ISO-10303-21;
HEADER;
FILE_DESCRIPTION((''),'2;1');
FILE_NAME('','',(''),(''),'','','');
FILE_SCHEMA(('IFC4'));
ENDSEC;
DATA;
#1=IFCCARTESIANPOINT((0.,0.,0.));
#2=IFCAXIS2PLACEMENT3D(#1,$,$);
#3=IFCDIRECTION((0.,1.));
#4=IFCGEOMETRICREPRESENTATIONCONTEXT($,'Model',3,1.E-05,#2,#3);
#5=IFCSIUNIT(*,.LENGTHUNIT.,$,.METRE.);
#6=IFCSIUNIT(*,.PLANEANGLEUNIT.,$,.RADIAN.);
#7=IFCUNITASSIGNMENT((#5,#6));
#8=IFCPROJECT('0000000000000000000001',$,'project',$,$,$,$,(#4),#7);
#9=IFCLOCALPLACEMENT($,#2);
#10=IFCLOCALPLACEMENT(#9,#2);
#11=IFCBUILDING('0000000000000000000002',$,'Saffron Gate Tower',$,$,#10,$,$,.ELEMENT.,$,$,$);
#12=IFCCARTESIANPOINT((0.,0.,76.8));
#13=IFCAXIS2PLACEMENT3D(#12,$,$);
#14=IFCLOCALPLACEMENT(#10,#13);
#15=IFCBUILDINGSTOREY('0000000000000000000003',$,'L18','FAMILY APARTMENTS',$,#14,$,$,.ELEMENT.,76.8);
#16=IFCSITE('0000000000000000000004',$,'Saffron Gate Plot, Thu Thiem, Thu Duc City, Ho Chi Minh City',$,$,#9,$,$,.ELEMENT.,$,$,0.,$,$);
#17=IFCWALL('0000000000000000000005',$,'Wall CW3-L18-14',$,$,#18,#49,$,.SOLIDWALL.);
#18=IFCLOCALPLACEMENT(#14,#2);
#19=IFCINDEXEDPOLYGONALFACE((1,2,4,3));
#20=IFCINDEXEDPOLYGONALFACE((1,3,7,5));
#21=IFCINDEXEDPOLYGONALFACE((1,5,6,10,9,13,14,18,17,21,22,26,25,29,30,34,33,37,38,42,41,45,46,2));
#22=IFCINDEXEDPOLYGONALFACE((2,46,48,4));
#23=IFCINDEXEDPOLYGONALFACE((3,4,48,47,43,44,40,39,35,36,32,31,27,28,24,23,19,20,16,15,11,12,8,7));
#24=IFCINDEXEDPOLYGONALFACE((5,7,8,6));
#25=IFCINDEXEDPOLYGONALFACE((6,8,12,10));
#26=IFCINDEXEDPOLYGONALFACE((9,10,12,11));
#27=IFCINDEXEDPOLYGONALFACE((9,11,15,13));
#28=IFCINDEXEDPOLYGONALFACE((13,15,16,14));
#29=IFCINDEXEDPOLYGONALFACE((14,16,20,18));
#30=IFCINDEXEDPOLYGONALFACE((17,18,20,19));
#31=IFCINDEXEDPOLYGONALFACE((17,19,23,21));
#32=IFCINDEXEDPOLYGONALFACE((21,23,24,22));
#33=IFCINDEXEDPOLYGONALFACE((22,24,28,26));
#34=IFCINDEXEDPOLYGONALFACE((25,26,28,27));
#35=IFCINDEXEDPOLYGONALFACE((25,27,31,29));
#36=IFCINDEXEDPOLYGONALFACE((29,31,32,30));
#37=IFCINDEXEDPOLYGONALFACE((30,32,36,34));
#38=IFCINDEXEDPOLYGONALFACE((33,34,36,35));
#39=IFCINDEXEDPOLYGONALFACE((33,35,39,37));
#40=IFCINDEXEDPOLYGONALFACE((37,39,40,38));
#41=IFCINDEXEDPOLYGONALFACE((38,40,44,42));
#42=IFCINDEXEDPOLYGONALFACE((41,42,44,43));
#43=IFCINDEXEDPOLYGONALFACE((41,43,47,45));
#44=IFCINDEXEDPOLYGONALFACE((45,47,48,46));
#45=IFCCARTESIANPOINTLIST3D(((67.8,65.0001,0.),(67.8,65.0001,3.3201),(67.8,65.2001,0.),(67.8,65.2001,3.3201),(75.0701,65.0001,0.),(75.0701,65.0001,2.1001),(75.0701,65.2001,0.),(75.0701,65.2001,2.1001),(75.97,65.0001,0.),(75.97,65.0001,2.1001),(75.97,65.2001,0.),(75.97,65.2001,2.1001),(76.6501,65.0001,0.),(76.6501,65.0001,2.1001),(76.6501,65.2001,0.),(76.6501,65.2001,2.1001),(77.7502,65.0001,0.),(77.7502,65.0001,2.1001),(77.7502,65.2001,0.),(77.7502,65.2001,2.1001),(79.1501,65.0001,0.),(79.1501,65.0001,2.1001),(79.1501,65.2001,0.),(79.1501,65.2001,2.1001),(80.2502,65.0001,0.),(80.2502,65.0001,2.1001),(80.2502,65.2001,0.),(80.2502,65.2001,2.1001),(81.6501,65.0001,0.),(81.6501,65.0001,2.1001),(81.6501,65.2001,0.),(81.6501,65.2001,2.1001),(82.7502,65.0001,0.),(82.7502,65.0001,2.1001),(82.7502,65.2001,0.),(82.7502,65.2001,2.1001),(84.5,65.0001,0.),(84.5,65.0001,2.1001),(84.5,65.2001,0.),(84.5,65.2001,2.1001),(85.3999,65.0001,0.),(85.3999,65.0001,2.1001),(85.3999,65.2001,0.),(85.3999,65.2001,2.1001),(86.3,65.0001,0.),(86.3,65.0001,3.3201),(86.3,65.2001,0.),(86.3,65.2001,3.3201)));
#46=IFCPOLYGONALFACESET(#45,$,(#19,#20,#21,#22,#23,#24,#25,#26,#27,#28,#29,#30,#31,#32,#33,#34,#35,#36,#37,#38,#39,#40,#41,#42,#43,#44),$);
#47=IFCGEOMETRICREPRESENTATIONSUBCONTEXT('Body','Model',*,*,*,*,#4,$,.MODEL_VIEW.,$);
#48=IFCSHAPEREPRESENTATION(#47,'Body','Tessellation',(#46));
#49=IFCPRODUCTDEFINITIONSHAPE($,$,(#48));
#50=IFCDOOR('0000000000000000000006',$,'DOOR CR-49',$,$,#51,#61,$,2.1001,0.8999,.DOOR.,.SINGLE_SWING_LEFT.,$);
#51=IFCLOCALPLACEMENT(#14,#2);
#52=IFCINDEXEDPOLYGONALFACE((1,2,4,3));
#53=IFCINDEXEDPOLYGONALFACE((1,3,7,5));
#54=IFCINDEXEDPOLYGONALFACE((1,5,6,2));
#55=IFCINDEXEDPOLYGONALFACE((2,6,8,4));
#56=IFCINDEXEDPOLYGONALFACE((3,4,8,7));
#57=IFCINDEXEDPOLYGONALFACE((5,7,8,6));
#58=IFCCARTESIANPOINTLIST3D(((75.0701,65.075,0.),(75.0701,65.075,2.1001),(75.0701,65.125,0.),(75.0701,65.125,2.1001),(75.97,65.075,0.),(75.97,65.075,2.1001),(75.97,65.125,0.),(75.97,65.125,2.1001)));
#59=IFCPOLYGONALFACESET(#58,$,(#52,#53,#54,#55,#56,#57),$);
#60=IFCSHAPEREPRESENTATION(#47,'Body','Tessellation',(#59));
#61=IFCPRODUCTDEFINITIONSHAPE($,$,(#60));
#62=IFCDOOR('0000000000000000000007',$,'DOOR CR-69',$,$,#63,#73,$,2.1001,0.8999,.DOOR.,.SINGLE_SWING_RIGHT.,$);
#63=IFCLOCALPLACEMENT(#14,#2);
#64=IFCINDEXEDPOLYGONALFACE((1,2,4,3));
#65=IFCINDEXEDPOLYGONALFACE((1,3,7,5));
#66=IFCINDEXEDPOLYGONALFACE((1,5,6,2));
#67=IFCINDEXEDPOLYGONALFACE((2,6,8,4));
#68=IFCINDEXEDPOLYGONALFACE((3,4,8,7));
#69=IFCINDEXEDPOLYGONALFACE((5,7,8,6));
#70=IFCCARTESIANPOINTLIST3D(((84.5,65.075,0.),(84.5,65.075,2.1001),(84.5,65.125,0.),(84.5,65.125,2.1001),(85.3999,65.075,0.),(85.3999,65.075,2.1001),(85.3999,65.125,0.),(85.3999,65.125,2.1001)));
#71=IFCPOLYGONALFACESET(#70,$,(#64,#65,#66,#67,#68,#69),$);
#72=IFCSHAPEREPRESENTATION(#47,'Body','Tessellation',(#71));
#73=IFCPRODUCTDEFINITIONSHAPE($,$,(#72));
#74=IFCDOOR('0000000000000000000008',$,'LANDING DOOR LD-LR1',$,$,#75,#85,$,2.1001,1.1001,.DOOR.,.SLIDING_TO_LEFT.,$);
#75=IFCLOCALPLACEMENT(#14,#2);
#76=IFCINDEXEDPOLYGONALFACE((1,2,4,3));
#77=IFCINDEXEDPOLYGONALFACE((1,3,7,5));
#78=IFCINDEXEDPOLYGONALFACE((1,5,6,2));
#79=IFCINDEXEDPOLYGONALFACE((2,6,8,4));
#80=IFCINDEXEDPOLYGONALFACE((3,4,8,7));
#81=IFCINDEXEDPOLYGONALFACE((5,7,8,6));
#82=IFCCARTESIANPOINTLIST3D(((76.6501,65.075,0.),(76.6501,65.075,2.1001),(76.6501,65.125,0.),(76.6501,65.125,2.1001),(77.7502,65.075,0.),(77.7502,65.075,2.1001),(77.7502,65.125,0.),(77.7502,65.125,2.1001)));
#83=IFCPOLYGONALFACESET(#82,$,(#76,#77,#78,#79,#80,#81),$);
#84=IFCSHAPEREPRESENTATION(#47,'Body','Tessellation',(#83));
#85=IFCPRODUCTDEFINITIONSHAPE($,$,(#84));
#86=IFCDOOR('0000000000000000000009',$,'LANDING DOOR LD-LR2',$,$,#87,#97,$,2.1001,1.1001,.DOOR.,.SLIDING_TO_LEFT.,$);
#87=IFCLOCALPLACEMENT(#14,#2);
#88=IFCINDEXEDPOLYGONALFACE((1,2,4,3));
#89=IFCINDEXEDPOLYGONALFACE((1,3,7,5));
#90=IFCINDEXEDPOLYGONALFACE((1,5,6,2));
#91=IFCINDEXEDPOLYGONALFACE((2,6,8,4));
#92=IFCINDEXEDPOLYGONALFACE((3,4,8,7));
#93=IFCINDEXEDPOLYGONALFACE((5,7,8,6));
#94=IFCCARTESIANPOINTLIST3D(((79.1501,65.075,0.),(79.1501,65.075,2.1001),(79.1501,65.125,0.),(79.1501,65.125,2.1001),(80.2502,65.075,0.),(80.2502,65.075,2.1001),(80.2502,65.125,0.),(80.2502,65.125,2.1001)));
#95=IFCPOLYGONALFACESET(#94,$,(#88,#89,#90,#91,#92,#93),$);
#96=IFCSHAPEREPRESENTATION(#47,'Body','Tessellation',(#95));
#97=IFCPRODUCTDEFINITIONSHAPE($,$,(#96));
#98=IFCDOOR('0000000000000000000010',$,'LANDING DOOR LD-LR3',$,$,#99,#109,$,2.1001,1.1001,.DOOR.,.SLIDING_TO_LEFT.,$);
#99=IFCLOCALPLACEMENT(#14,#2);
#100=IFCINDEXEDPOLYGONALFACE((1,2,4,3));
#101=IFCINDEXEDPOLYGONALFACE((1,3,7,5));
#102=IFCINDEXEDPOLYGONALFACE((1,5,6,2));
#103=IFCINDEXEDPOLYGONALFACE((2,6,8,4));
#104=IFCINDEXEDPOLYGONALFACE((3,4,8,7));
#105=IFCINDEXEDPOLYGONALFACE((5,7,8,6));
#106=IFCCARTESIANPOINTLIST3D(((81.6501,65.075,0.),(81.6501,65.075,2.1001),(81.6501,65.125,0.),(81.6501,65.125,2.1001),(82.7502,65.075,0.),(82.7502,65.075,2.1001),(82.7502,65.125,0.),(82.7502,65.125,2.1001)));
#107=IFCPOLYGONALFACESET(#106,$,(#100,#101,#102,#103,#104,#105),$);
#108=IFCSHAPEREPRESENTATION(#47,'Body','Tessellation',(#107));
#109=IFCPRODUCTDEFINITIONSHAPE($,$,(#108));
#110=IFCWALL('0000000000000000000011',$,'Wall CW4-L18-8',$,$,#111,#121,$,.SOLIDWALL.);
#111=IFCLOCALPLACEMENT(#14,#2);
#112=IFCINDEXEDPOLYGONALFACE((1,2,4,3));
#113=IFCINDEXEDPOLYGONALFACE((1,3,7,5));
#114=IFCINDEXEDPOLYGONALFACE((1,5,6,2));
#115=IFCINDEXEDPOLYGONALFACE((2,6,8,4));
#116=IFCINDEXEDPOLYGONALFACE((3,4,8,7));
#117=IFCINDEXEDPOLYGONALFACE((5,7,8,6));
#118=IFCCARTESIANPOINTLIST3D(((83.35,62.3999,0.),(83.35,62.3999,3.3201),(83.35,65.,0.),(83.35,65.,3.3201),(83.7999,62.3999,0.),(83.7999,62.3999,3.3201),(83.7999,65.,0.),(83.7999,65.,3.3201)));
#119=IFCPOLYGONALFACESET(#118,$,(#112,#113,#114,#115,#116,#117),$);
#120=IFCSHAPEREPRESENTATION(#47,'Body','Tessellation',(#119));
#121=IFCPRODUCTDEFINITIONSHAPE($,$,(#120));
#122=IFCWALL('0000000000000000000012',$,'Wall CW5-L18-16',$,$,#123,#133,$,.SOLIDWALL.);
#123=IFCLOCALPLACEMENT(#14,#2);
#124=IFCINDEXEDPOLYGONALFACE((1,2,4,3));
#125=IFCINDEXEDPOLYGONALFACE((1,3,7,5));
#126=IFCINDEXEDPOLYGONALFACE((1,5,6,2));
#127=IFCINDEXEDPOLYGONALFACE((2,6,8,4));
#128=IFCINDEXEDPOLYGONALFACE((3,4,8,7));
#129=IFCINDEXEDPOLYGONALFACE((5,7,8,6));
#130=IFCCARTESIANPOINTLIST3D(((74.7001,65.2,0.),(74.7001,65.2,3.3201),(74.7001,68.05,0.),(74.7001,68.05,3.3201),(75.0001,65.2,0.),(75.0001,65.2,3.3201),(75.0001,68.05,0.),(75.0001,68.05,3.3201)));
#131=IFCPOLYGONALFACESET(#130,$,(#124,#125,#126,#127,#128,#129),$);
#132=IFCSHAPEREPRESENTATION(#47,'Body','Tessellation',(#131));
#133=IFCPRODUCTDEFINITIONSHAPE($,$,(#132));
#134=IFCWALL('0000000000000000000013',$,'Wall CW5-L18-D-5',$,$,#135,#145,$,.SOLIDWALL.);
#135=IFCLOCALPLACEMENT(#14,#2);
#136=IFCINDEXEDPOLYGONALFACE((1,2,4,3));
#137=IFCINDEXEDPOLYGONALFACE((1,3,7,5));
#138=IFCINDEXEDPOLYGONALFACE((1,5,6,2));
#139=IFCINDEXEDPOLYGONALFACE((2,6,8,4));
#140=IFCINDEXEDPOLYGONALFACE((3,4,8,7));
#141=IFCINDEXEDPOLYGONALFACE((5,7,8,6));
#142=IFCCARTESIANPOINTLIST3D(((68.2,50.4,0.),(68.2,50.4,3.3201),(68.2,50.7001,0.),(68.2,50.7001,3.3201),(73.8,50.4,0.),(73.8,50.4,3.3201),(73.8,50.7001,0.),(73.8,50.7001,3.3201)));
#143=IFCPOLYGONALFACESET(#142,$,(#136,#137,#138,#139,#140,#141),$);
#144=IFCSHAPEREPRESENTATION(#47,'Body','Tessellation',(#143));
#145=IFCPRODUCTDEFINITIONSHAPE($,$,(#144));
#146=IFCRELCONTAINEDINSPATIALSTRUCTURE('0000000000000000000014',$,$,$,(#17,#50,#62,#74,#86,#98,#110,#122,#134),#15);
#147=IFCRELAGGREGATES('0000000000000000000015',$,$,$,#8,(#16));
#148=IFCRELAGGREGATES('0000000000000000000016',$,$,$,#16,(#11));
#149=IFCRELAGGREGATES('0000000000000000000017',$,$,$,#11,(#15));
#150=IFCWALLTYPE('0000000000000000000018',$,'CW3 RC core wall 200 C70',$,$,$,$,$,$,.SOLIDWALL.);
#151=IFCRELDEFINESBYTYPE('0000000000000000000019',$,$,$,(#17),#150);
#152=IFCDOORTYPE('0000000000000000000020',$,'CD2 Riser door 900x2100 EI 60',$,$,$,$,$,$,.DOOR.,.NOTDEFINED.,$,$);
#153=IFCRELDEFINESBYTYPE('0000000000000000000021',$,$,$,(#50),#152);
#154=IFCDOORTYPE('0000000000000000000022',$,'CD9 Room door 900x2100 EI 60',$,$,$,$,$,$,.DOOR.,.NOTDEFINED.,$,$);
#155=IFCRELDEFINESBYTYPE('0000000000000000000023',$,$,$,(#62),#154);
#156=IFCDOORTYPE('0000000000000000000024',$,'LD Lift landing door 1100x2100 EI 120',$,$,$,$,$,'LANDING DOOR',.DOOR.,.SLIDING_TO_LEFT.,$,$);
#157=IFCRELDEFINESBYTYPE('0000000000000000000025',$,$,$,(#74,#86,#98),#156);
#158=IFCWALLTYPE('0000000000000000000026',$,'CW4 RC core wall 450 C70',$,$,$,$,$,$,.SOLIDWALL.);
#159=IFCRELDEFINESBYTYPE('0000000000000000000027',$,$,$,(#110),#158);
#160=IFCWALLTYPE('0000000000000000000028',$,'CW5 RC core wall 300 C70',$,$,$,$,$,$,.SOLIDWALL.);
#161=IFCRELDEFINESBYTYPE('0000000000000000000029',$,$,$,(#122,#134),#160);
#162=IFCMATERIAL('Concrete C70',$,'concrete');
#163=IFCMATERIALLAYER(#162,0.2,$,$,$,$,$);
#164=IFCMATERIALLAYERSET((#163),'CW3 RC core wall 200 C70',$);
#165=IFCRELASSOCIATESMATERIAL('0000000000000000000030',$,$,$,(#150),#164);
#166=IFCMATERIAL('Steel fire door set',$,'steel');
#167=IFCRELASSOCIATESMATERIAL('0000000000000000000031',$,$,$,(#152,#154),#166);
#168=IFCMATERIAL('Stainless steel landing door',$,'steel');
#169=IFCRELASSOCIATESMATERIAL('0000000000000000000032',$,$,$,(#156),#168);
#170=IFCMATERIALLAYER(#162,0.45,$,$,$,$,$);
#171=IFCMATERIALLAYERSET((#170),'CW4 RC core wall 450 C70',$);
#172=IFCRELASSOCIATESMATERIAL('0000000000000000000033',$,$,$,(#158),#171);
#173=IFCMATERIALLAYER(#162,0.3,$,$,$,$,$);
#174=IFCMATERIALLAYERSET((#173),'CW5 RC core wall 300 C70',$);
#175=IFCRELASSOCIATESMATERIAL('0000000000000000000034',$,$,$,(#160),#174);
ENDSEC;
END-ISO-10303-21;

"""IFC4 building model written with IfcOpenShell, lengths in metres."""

from ifc_helpers import new_model, si_unit, direction, frame, frame_2d, origin, place, context, subcontext, project, spatial, rectangle, extrude, material, layer, layer_set, type_object, element, fill, save


model = new_model("IFC4")

# Units and contexts
model_context = context("Model", 3, precision=1e-05, world=origin(), true_north=direction((0.0, 1.0)))
body_context = subcontext(model_context, "Body", "Model", "MODEL_VIEW")
ifc_project = project(units=[si_unit("LENGTHUNIT", "METRE"), si_unit("PLANEANGLEUNIT", "RADIAN")], contexts=[model_context])

# Site, building, storey
site_placement = place(None, origin())
site = spatial("IfcSite", under=ifc_project, at=site_placement, Name="Saffron Gate Plot, Thu Thiem, Thu Duc City, Ho Chi Minh City", CompositionType="ELEMENT", RefElevation=0.0)
building_placement = place(site_placement, origin())
building = spatial("IfcBuilding", under=site, at=building_placement, Name="Saffron Gate Tower", CompositionType="ELEMENT")
storey_placement = place(building_placement, frame((0.0, 0.0, 76.8)))
storey = spatial("IfcBuildingStorey", under=building, at=storey_placement, Name="L18", Description="FAMILY APARTMENTS", CompositionType="ELEMENT", Elevation=76.8)

# Shared definitions
ifc_material_1 = material(Name="Concrete C70", Category="concrete")
ifc_material_2 = material(Name="Steel fire door set", Category="steel")

# Shared definitions
ifc_layer_1 = layer(ifc_material_1, 0.2)
ifc_layer_set_1 = layer_set([ifc_layer_1], Name="CW3 RC core wall 200 C70")
wall_type_1 = type_object("IfcWallType", Name="CW3 RC core wall 200 C70", PredefinedType="SOLIDWALL", material=ifc_layer_set_1)

# Wall, openings, doors
wall_1_placement = place(storey_placement, frame((67.8, 65.1001, 0.0), z_axis=(0.0, 0.0, 1.0), x_axis=(1.0, 0.0, 0.0)))
wall_1 = element("IfcWall", 1, at=wall_1_placement, inside=storey, type_object=wall_type_1, Name="Wall CW3-L18-14", PredefinedType="SOLIDWALL", context=body_context, shape_type="SweptSolid", body=[
    extrude(rectangle(XDim=18.5, YDim=0.2, at=frame_2d((9.25, 0.0))), origin(), (0.0, 0.0, 1.0), 3.3201),
])
opening_1_placement = place(wall_1_placement, frame((7.27, 0.0, 0.0)))
opening_1 = element("IfcOpeningElement", 2, at=opening_1_placement, cuts=wall_1, PredefinedType="OPENING", context=body_context, shape_type="SweptSolid", body=[
    extrude(rectangle(XDim=0.8999, YDim=2.1001, at=frame_2d((0.45, 1.05))), frame((0.0, 0.1099, 0.0), z_axis=(0.0, -1.0, 0.0), x_axis=(1.0, 0.0, 0.0)), (0.0, 0.0, 1.0), 0.22),
])
opening_2_placement = place(wall_1_placement, frame((8.8501, 0.0, 0.0)))
opening_2 = element("IfcOpeningElement", 3, at=opening_2_placement, cuts=wall_1, PredefinedType="OPENING", context=body_context, shape_type="SweptSolid", body=[
    extrude(rectangle(XDim=1.1001, YDim=2.1001, at=frame_2d((0.55, 1.05))), frame((0.0, 0.1099, 0.0), z_axis=(0.0, -1.0, 0.0), x_axis=(1.0, 0.0, 0.0)), (0.0, 0.0, 1.0), 0.22),
])
opening_3_placement = place(wall_1_placement, frame((11.3501, 0.0, 0.0)))
opening_3 = element("IfcOpeningElement", 4, at=opening_3_placement, cuts=wall_1, PredefinedType="OPENING", context=body_context, shape_type="SweptSolid", body=[
    extrude(rectangle(XDim=1.1001, YDim=2.1001, at=frame_2d((0.55, 1.05))), frame((0.0, 0.1099, 0.0), z_axis=(0.0, -1.0, 0.0), x_axis=(1.0, 0.0, 0.0)), (0.0, 0.0, 1.0), 0.22),
])
opening_4_placement = place(wall_1_placement, frame((13.8501, 0.0, 0.0)))
opening_4 = element("IfcOpeningElement", 5, at=opening_4_placement, cuts=wall_1, PredefinedType="OPENING", context=body_context, shape_type="SweptSolid", body=[
    extrude(rectangle(XDim=1.1001, YDim=2.1001, at=frame_2d((0.55, 1.05))), frame((0.0, 0.1099, 0.0), z_axis=(0.0, -1.0, 0.0), x_axis=(1.0, 0.0, 0.0)), (0.0, 0.0, 1.0), 0.22),
])
opening_5_placement = place(wall_1_placement, frame((16.7, 0.0, 0.0)))
opening_5 = element("IfcOpeningElement", 6, at=opening_5_placement, cuts=wall_1, PredefinedType="OPENING", context=body_context, shape_type="SweptSolid", body=[
    extrude(rectangle(XDim=0.8999, YDim=2.1001, at=frame_2d((0.45, 1.05))), frame((0.0, 0.1099, 0.0), z_axis=(0.0, -1.0, 0.0), x_axis=(1.0, 0.0, 0.0)), (0.0, 0.0, 1.0), 0.22),
])
door_type_1 = type_object("IfcDoorType", Name="CD2 Riser door 900x2100 EI 60", OperationType="NOTDEFINED", PredefinedType="DOOR", material=ifc_material_2)
door_1_placement = place(opening_1_placement, origin())
door_1 = element("IfcDoor", 7, at=door_1_placement, inside=storey, type_object=door_type_1, Name="DOOR CR-49", OperationType="SINGLE_SWING_LEFT", OverallHeight=2.1001, OverallWidth=0.8999, PredefinedType="DOOR", context=body_context, shape_type="SweptSolid", body=[
    extrude(rectangle(XDim=0.8999, YDim=2.1001, at=frame_2d((0.45, 1.05))), frame((0.0, 0.0249, 0.0), z_axis=(0.0, -1.0, 0.0), x_axis=(1.0, 0.0, 0.0)), (0.0, 0.0, 1.0), 0.05),
])
fill(opening_1, door_1)
door_type_2 = type_object("IfcDoorType", Name="CD9 Room door 900x2100 EI 60", OperationType="NOTDEFINED", PredefinedType="DOOR", material=ifc_material_2)
door_2_placement = place(opening_5_placement, origin())
door_2 = element("IfcDoor", 8, at=door_2_placement, inside=storey, type_object=door_type_2, Name="DOOR CR-69", OperationType="SINGLE_SWING_RIGHT", OverallHeight=2.1001, OverallWidth=0.8999, PredefinedType="DOOR", context=body_context, shape_type="SweptSolid", body=[
    extrude(rectangle(XDim=0.8999, YDim=2.1001, at=frame_2d((0.45, 1.05))), frame((0.0, 0.0249, 0.0), z_axis=(0.0, -1.0, 0.0), x_axis=(1.0, 0.0, 0.0)), (0.0, 0.0, 1.0), 0.05),
])
fill(opening_5, door_2)
ifc_material_3 = material(Name="Stainless steel landing door", Category="steel")
door_type_3 = type_object("IfcDoorType", Name="LD Lift landing door 1100x2100 EI 120", ElementType="LANDING DOOR", OperationType="SLIDING_TO_LEFT", PredefinedType="DOOR", material=ifc_material_3)
door_3_placement = place(opening_2_placement, origin())
door_3 = element("IfcDoor", 9, at=door_3_placement, inside=storey, type_object=door_type_3, Name="LANDING DOOR LD-LR1", OperationType="SLIDING_TO_LEFT", OverallHeight=2.1001, OverallWidth=1.1001, PredefinedType="DOOR", context=body_context, shape_type="SweptSolid", body=[
    extrude(rectangle(XDim=1.1001, YDim=2.1001, at=frame_2d((0.55, 1.05))), frame((0.0, 0.0249, 0.0), z_axis=(0.0, -1.0, 0.0), x_axis=(1.0, 0.0, 0.0)), (0.0, 0.0, 1.0), 0.05),
])
fill(opening_2, door_3)
door_4_placement = place(opening_3_placement, origin())
door_4 = element("IfcDoor", 10, at=door_4_placement, inside=storey, type_object=door_type_3, Name="LANDING DOOR LD-LR2", OperationType="SLIDING_TO_LEFT", OverallHeight=2.1001, OverallWidth=1.1001, PredefinedType="DOOR", context=body_context, shape_type="SweptSolid", body=[
    extrude(rectangle(XDim=1.1001, YDim=2.1001, at=frame_2d((0.55, 1.05))), frame((0.0, 0.0249, 0.0), z_axis=(0.0, -1.0, 0.0), x_axis=(1.0, 0.0, 0.0)), (0.0, 0.0, 1.0), 0.05),
])
fill(opening_3, door_4)
door_5_placement = place(opening_4_placement, origin())
door_5 = element("IfcDoor", 11, at=door_5_placement, inside=storey, type_object=door_type_3, Name="LANDING DOOR LD-LR3", OperationType="SLIDING_TO_LEFT", OverallHeight=2.1001, OverallWidth=1.1001, PredefinedType="DOOR", context=body_context, shape_type="SweptSolid", body=[
    extrude(rectangle(XDim=1.1001, YDim=2.1001, at=frame_2d((0.55, 1.05))), frame((0.0, 0.0249, 0.0), z_axis=(0.0, -1.0, 0.0), x_axis=(1.0, 0.0, 0.0)), (0.0, 0.0, 1.0), 0.05),
])
fill(opening_4, door_5)

# Walls
ifc_layer_2 = layer(ifc_material_1, 0.45)
ifc_layer_set_2 = layer_set([ifc_layer_2], Name="CW4 RC core wall 450 C70")
wall_type_2 = type_object("IfcWallType", Name="CW4 RC core wall 450 C70", PredefinedType="SOLIDWALL", material=ifc_layer_set_2)
wall_2_placement = place(storey_placement, frame((83.575, 62.3999, 0.0), z_axis=(0.0, 0.0, 1.0), x_axis=(0.0, 1.0, 0.0)))
element("IfcWall", 12, at=wall_2_placement, inside=storey, type_object=wall_type_2, Name="Wall CW4-L18-8", PredefinedType="SOLIDWALL", context=body_context, shape_type="SweptSolid", body=[
    extrude(rectangle(XDim=2.6001, YDim=0.45, at=frame_2d((1.3, 0.0))), origin(), (0.0, 0.0, 1.0), 3.3201),
])
ifc_layer_3 = layer(ifc_material_1, 0.3)
ifc_layer_set_3 = layer_set([ifc_layer_3], Name="CW5 RC core wall 300 C70")
wall_type_3 = type_object("IfcWallType", Name="CW5 RC core wall 300 C70", PredefinedType="SOLIDWALL", material=ifc_layer_set_3)
wall_3_placement = place(storey_placement, frame((74.8501, 65.2, 0.0), z_axis=(0.0, 0.0, 1.0), x_axis=(0.0, 1.0, 0.0)))
element("IfcWall", 13, at=wall_3_placement, inside=storey, type_object=wall_type_3, Name="Wall CW5-L18-16", PredefinedType="SOLIDWALL", context=body_context, shape_type="SweptSolid", body=[
    extrude(rectangle(XDim=2.8501, YDim=0.3, at=frame_2d((1.425, 0.0))), origin(), (0.0, 0.0, 1.0), 3.3201),
])
wall_4_placement = place(storey_placement, frame((68.2, 50.55, 0.0), z_axis=(0.0, 0.0, 1.0), x_axis=(1.0, 0.0, 0.0)))
element("IfcWall", 14, at=wall_4_placement, inside=storey, type_object=wall_type_3, Name="Wall CW5-L18-D-5", PredefinedType="SOLIDWALL", context=body_context, shape_type="SweptSolid", body=[
    extrude(rectangle(XDim=5.6001, YDim=0.3, at=frame_2d((2.8, 0.0))), origin(), (0.0, 0.0, 1.0), 3.3201),
])

save(model, "model.ifc")
